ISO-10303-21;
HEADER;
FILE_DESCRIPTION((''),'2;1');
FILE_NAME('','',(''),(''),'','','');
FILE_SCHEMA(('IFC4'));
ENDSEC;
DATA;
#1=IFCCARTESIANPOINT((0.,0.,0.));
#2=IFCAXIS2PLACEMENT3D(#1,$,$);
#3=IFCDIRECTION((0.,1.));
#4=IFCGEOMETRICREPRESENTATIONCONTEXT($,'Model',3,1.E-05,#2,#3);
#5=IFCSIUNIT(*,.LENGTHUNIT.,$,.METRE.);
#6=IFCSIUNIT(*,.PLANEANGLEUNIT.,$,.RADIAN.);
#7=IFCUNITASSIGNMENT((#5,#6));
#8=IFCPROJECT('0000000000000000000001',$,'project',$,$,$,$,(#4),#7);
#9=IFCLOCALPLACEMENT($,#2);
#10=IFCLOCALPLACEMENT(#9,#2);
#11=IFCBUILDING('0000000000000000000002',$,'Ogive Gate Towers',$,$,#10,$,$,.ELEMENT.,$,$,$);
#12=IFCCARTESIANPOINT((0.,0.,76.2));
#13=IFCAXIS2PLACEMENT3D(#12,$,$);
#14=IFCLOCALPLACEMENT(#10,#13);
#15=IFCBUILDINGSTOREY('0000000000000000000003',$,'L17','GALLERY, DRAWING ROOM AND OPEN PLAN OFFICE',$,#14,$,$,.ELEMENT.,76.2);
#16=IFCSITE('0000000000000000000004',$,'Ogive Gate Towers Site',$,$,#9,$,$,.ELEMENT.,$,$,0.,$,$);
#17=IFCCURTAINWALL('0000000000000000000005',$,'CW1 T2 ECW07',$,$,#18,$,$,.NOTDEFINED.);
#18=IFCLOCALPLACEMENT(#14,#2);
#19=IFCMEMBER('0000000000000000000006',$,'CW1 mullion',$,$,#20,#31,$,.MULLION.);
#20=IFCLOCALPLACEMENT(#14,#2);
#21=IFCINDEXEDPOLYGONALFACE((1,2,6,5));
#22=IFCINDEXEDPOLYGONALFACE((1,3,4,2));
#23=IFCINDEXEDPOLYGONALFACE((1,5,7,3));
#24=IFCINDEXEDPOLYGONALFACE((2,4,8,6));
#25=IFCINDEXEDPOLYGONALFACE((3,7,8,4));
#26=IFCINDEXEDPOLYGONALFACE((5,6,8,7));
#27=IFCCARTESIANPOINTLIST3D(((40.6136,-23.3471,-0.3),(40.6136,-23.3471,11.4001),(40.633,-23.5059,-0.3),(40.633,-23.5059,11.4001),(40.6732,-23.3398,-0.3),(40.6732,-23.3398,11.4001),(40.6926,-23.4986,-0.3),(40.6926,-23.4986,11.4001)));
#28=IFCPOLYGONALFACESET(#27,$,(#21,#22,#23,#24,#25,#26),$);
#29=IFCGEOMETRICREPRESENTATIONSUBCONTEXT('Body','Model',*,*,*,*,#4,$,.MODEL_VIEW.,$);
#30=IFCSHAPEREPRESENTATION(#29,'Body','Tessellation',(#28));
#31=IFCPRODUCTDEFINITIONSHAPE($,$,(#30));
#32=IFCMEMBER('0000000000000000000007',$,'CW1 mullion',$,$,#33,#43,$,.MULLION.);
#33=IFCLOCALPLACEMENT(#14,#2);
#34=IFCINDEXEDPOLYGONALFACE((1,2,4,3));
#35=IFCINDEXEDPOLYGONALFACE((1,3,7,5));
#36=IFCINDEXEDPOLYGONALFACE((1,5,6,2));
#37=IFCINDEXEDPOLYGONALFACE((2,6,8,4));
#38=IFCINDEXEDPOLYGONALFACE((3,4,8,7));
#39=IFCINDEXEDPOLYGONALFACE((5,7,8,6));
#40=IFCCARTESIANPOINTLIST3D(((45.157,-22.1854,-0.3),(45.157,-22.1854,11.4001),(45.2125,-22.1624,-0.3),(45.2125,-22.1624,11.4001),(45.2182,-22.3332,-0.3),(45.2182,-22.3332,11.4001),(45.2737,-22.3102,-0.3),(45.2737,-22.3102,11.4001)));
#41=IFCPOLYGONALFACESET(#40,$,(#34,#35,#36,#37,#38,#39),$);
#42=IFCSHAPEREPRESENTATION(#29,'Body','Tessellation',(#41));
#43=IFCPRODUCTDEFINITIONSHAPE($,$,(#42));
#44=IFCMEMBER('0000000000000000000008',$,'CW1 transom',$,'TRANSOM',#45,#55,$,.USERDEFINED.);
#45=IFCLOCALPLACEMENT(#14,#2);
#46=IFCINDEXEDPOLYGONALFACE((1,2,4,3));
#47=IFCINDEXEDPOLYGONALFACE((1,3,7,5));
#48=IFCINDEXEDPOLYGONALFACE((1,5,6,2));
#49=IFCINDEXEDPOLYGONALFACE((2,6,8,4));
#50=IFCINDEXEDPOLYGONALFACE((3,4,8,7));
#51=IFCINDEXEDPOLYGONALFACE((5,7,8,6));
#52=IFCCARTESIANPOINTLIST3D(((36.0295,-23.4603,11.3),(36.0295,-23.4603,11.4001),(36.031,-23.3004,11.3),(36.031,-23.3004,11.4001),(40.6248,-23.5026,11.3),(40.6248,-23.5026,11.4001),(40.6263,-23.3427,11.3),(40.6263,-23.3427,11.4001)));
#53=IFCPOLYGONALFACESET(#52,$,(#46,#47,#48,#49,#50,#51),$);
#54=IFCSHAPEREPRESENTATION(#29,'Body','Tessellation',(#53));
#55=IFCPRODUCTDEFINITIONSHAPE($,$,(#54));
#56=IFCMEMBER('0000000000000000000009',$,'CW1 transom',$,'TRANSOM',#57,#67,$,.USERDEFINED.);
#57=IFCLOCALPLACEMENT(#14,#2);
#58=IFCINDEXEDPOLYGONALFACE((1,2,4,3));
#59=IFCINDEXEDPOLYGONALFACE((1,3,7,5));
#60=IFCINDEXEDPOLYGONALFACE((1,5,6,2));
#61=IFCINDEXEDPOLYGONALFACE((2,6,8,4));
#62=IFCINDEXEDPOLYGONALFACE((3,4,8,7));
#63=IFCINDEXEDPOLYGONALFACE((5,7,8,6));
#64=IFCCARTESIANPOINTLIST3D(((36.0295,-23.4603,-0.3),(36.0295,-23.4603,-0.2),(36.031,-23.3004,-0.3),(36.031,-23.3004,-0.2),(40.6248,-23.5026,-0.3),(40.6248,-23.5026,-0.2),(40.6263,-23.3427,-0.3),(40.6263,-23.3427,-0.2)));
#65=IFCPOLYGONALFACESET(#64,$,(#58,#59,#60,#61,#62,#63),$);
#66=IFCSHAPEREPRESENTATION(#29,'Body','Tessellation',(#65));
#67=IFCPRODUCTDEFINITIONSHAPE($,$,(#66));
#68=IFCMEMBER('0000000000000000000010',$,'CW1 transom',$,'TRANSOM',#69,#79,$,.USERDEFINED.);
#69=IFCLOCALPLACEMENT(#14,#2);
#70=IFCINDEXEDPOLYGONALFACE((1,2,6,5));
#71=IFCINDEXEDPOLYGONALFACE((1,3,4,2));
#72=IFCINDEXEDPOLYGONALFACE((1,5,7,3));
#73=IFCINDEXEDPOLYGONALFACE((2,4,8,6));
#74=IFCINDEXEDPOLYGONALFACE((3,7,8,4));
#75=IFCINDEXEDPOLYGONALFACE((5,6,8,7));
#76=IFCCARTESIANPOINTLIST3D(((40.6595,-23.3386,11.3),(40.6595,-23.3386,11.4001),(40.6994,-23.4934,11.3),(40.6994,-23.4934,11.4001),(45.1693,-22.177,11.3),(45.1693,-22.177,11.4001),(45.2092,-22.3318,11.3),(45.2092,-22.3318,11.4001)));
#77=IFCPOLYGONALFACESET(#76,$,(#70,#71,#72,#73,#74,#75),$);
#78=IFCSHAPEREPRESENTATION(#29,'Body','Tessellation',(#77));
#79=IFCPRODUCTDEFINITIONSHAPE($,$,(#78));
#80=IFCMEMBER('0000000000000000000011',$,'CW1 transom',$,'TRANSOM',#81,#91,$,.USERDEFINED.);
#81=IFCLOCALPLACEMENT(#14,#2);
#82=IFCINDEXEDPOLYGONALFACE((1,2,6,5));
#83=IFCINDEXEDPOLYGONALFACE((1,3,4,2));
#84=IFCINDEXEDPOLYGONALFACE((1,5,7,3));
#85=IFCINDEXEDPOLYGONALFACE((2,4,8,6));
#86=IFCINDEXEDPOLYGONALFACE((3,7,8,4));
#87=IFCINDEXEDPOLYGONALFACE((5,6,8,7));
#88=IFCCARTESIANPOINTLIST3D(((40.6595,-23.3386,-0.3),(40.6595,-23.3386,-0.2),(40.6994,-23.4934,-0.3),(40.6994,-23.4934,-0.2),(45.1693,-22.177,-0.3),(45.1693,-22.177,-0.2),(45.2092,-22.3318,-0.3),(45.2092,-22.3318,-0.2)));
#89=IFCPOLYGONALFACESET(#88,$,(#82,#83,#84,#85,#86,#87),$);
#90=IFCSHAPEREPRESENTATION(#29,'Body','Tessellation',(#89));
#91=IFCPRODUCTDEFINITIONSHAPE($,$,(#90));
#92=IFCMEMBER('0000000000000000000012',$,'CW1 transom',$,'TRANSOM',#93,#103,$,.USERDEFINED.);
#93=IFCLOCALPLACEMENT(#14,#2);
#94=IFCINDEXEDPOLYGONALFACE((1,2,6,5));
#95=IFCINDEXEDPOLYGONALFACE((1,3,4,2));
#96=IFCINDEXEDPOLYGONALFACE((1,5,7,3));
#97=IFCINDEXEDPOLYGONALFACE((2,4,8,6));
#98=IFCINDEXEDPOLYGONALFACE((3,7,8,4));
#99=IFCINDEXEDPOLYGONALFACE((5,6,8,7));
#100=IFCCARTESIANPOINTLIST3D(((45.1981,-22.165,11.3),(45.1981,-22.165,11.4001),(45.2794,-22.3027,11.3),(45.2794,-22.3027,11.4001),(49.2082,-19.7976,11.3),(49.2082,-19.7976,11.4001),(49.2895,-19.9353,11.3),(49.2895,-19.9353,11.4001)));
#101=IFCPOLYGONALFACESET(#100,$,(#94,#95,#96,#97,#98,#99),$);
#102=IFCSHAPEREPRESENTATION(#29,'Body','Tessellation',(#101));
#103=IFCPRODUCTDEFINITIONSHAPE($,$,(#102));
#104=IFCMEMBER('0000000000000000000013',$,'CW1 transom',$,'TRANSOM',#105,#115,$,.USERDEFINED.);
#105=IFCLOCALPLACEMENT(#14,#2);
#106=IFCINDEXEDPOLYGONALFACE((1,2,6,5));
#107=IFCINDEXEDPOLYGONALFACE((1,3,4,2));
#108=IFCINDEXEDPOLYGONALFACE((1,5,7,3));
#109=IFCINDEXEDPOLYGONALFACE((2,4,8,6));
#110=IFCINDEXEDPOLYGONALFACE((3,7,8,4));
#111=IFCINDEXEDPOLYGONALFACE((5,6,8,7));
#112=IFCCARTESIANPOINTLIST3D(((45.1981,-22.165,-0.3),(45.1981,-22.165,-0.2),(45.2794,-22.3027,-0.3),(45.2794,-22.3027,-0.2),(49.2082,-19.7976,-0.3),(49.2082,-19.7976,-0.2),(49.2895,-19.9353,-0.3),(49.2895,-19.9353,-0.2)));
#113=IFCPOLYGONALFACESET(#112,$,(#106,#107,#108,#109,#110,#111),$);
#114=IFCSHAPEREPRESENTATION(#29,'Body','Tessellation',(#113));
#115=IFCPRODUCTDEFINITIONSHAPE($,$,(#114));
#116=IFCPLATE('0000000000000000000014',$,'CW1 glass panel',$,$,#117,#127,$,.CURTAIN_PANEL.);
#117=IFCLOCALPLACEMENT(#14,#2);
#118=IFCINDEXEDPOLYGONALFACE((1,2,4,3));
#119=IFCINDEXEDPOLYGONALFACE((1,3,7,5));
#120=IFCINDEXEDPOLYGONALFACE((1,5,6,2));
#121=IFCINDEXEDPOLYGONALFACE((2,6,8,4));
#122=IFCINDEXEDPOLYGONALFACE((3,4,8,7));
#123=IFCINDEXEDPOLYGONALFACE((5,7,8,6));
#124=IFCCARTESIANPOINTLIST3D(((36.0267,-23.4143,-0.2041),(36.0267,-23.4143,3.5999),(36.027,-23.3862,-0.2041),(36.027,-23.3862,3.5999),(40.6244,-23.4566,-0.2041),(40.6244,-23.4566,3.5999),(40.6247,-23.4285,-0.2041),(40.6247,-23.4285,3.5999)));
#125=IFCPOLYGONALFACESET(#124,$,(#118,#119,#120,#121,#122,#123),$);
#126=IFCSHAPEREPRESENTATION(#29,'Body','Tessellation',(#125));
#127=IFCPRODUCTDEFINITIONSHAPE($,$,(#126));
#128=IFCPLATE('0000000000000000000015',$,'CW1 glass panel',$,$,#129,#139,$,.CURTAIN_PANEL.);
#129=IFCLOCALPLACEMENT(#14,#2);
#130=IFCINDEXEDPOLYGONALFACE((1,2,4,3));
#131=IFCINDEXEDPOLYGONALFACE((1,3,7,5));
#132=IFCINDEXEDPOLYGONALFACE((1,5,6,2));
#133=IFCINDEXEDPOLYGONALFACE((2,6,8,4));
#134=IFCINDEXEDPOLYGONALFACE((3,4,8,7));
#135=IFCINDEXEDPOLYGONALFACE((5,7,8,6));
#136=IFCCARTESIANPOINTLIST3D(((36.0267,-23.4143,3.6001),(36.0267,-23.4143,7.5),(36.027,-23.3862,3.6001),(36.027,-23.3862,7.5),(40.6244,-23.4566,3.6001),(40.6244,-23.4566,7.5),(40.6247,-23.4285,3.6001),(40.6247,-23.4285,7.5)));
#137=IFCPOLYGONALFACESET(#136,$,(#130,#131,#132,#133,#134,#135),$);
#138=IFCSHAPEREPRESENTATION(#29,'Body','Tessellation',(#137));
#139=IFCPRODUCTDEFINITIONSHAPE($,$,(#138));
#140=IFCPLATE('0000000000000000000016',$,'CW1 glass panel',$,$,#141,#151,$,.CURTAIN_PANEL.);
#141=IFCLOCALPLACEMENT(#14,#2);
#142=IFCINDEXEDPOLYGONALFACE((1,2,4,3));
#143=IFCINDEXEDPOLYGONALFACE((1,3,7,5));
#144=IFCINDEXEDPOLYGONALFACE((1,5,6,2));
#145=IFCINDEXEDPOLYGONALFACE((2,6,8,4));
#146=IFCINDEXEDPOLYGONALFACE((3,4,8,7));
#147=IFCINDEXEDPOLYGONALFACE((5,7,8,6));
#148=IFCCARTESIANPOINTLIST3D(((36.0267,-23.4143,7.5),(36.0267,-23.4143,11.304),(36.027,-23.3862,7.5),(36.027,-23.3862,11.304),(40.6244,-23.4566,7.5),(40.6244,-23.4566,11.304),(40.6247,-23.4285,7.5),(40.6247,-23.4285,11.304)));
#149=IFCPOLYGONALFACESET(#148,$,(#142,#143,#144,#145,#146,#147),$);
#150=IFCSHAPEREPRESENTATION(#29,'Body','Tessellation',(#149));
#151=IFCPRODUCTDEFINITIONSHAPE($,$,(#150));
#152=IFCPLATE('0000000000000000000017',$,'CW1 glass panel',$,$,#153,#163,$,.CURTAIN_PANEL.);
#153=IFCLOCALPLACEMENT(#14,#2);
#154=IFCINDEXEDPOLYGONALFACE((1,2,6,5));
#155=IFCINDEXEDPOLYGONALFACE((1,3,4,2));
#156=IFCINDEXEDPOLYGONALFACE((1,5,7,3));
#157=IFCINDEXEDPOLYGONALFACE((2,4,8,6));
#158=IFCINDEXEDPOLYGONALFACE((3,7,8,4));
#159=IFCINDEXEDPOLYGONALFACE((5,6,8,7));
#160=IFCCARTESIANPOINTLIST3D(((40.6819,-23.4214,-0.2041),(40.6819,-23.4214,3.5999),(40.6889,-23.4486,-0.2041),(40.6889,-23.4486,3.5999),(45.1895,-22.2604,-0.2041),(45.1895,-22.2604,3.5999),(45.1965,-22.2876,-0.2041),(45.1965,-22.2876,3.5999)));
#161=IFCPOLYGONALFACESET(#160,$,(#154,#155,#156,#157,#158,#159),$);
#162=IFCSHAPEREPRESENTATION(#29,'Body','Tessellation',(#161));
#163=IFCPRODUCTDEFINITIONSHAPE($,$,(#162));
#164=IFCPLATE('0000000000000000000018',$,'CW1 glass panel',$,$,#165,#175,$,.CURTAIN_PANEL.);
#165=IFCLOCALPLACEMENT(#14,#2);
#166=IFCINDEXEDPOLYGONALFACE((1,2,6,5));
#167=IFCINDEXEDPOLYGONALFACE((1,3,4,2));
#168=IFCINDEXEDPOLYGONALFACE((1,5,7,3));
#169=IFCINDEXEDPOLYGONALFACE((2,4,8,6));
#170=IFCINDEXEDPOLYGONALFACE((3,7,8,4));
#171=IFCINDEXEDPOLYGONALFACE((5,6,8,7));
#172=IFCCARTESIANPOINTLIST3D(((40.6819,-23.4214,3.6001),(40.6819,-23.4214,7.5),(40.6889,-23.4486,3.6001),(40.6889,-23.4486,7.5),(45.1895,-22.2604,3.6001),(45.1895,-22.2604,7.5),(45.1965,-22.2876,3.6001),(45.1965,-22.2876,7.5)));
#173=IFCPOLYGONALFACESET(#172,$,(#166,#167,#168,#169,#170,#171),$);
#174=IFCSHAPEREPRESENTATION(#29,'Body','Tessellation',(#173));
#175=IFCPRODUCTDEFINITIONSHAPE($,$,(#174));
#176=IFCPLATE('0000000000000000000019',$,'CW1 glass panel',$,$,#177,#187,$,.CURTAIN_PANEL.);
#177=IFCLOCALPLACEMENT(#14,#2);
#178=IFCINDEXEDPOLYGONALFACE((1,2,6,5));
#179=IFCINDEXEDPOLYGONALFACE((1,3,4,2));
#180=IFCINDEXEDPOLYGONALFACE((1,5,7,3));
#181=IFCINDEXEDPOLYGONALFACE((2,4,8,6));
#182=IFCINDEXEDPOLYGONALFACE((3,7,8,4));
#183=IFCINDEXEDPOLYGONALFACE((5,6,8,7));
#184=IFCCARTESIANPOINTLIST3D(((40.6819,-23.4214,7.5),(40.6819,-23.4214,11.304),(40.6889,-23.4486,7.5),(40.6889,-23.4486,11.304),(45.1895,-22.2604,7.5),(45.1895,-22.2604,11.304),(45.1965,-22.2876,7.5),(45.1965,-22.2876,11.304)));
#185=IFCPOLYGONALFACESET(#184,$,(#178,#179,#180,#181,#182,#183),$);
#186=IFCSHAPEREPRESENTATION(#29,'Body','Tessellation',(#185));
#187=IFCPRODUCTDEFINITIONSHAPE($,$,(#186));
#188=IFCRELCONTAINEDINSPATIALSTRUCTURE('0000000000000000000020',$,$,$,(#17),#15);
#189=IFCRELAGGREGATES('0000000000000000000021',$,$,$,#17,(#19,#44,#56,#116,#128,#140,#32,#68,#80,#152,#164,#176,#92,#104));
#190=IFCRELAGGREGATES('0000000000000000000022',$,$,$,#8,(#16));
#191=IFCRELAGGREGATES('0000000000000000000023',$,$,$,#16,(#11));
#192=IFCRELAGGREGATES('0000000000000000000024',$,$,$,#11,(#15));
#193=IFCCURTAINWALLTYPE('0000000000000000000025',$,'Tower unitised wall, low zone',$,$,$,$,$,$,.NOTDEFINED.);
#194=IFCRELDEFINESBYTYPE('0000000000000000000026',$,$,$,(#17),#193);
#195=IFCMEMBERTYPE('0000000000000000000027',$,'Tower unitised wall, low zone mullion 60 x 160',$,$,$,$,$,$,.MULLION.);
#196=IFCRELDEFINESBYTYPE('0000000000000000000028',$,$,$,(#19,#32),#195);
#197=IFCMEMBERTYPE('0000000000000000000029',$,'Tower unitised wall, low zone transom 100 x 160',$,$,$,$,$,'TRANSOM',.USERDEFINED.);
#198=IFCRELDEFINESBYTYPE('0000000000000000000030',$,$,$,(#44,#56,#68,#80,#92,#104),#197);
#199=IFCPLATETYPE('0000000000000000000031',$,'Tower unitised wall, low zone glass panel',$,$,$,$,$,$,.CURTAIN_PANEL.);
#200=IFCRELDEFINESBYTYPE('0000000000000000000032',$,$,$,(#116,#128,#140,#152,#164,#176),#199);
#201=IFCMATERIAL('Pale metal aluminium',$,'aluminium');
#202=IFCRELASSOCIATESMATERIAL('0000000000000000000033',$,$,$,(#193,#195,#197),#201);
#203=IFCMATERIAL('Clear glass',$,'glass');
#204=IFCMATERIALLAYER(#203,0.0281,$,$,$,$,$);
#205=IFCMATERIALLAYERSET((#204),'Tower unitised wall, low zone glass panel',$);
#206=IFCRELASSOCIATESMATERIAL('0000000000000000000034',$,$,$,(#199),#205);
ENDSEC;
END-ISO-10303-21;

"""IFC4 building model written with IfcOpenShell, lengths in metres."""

from ifc_helpers import new_model, si_unit, direction, frame, origin, origin_2d, place, context, subcontext, project, spatial, rectangle, extrude, material, layer, layer_set, material_profile, profile_set, type_object, element, aggregate, save


model = new_model("IFC4")

# Units and contexts
model_context = context("Model", 3, precision=1e-05, world=origin(), true_north=direction((0.0, 1.0)))
body_context = subcontext(model_context, "Body", "Model", "MODEL_VIEW")
ifc_project = project(units=[si_unit("LENGTHUNIT", "METRE"), si_unit("PLANEANGLEUNIT", "RADIAN")], contexts=[model_context])

# Site, building, storey
site_placement = place(None, origin())
site = spatial("IfcSite", under=ifc_project, at=site_placement, Name="Ogive Gate Towers Site", CompositionType="ELEMENT", RefElevation=0.0)
building_placement = place(site_placement, origin())
building = spatial("IfcBuilding", under=site, at=building_placement, Name="Ogive Gate Towers", CompositionType="ELEMENT")
storey_placement = place(building_placement, frame((0.0, 0.0, 76.2)))
storey = spatial("IfcBuildingStorey", under=building, at=storey_placement, Name="L17", Description="GALLERY, DRAWING ROOM AND OPEN PLAN OFFICE", CompositionType="ELEMENT", Elevation=76.2)

# Curtain wall, members, plates
ifc_material_1 = material(Name="Pale metal aluminium", Category="aluminium")
curtain_wall_type = type_object("IfcCurtainWallType", Name="Tower unitised wall, low zone", PredefinedType="NOTDEFINED", material=ifc_material_1)
curtain_wall_placement = place(storey_placement, origin())
curtain_wall = element("IfcCurtainWall", 1, at=curtain_wall_placement, inside=storey, type_object=curtain_wall_type, Name="CW1 T2 ECW07", PredefinedType="NOTDEFINED")
ifc_material_profile_1 = material_profile(ifc_material_1, rectangle(XDim=0.1599, YDim=0.0601, at=origin_2d()), Name="60 x 160 aluminium box")
ifc_profile_set_1 = profile_set([ifc_material_profile_1], Name="Pale metal aluminium")
member_type_1 = type_object("IfcMemberType", Name="Tower unitised wall, low zone mullion 60 x 160", PredefinedType="MULLION", material=ifc_profile_set_1)
member_1_placement = place(storey_placement, frame((40.6531, -23.4229, -0.3), z_axis=(0.0, 0.0, 1.0), x_axis=(0.121142, -0.992635, 0.0)))
member_1 = element("IfcMember", 2, at=member_1_placement, type_object=member_type_1, Name="CW1 mullion", PredefinedType="MULLION", context=body_context, shape_type="SweptSolid", body=[
    extrude(rectangle(XDim=0.1599, YDim=0.0601, at=origin_2d()), origin(), (0.0, 0.0, 1.0), 11.7002),
])
member_2_placement = place(storey_placement, frame((45.2153, -22.2478, -0.3), z_axis=(0.0, 0.0, 1.0), x_axis=(0.382683, -0.92388, 0.0)))
member_2 = element("IfcMember", 3, at=member_2_placement, type_object=member_type_1, Name="CW1 mullion", PredefinedType="MULLION", context=body_context, shape_type="SweptSolid", body=[
    extrude(rectangle(XDim=0.1599, YDim=0.0601, at=origin_2d()), origin(), (0.0, 0.0, 1.0), 11.7002),
])
ifc_material_profile_2 = material_profile(ifc_material_1, rectangle(XDim=0.1599, YDim=0.1001, at=origin_2d()), Name="100 x 160 aluminium box")
ifc_profile_set_2 = profile_set([ifc_material_profile_2], Name="Pale metal aluminium")
member_type_2 = type_object("IfcMemberType", Name="Tower unitised wall, low zone transom 100 x 160", ElementType="TRANSOM", PredefinedType="USERDEFINED", material=ifc_profile_set_2)
member_3_placement = place(storey_placement, frame((36.0303, -23.3804, 11.3501), z_axis=(0.999958, -0.009191, 0.0), x_axis=(0.009191, 0.999958, 0.0)))
member_3 = element("IfcMember", 4, at=member_3_placement, type_object=member_type_2, Name="CW1 transom", ObjectType="TRANSOM", PredefinedType="USERDEFINED", context=body_context, shape_type="SweptSolid", body=[
    extrude(rectangle(XDim=0.1599, YDim=0.1001, at=origin_2d()), origin(), (0.0, 0.0, 1.0), 4.5955),
])
member_4_placement = place(storey_placement, frame((36.0303, -23.3804, -0.25), z_axis=(0.999958, -0.009191, 0.0), x_axis=(0.009191, 0.999958, 0.0)))
member_4 = element("IfcMember", 5, at=member_4_placement, type_object=member_type_2, Name="CW1 transom", ObjectType="TRANSOM", PredefinedType="USERDEFINED", context=body_context, shape_type="SweptSolid", body=[
    extrude(rectangle(XDim=0.1599, YDim=0.1001, at=origin_2d()), origin(), (0.0, 0.0, 1.0), 4.5955),
])
member_5_placement = place(storey_placement, frame((40.6794, -23.416, 11.3501), z_axis=(0.968391, 0.249437, 0.0), x_axis=(-0.249437, 0.968391, 0.0)))
member_5 = element("IfcMember", 6, at=member_5_placement, type_object=member_type_2, Name="CW1 transom", ObjectType="TRANSOM", PredefinedType="USERDEFINED", context=body_context, shape_type="SweptSolid", body=[
    extrude(rectangle(XDim=0.1599, YDim=0.1001, at=origin_2d()), origin(), (0.0, 0.0, 1.0), 4.657),
])
member_6_placement = place(storey_placement, frame((40.6794, -23.416, -0.25), z_axis=(0.968391, 0.249437, 0.0), x_axis=(-0.249437, 0.968391, 0.0)))
member_6 = element("IfcMember", 7, at=member_6_placement, type_object=member_type_2, Name="CW1 transom", ObjectType="TRANSOM", PredefinedType="USERDEFINED", context=body_context, shape_type="SweptSolid", body=[
    extrude(rectangle(XDim=0.1599, YDim=0.1001, at=origin_2d()), origin(), (0.0, 0.0, 1.0), 4.657),
])
member_7_placement = place(storey_placement, frame((45.2388, -22.2339, 11.3501), z_axis=(0.861126, 0.508392, 0.0), x_axis=(-0.508392, 0.861126, 0.0)))
member_7 = element("IfcMember", 8, at=member_7_placement, type_object=member_type_2, Name="CW1 transom", ObjectType="TRANSOM", PredefinedType="USERDEFINED", context=body_context, shape_type="SweptSolid", body=[
    extrude(rectangle(XDim=0.1599, YDim=0.1001, at=origin_2d()), origin(), (0.0, 0.0, 1.0), 4.6567),
])
member_8_placement = place(storey_placement, frame((45.2388, -22.2339, -0.25), z_axis=(0.861126, 0.508392, 0.0), x_axis=(-0.508392, 0.861126, 0.0)))
member_8 = element("IfcMember", 9, at=member_8_placement, type_object=member_type_2, Name="CW1 transom", ObjectType="TRANSOM", PredefinedType="USERDEFINED", context=body_context, shape_type="SweptSolid", body=[
    extrude(rectangle(XDim=0.1599, YDim=0.1001, at=origin_2d()), origin(), (0.0, 0.0, 1.0), 4.6567),
])
ifc_material_2 = material(Name="Clear glass", Category="glass")
ifc_layer_1 = layer(ifc_material_2, 0.0281)
ifc_layer_set_1 = layer_set([ifc_layer_1], Name="Tower unitised wall, low zone glass panel")
plate_type = type_object("IfcPlateType", Name="Tower unitised wall, low zone glass panel", PredefinedType="CURTAIN_PANEL", material=ifc_layer_set_1)
plate_1_placement = place(storey_placement, frame((38.3257, -23.4214, -0.2041), z_axis=(0.0, 0.0, 1.0), x_axis=(0.999958, -0.009198, 0.0)))
plate_1 = element("IfcPlate", 10, at=plate_1_placement, type_object=plate_type, Name="CW1 glass panel", PredefinedType="CURTAIN_PANEL", context=body_context, shape_type="SweptSolid", body=[
    extrude(rectangle(XDim=4.5979, YDim=0.0281, at=origin_2d()), origin(), (0.0, 0.0, 1.0), 3.804),
])
plate_2_placement = place(storey_placement, frame((38.3257, -23.4214, 3.6001), z_axis=(0.0, 0.0, 1.0), x_axis=(0.999958, -0.009198, 0.0)))
plate_2 = element("IfcPlate", 11, at=plate_2_placement, type_object=plate_type, Name="CW1 glass panel", PredefinedType="CURTAIN_PANEL", context=body_context, shape_type="SweptSolid", body=[
    extrude(rectangle(XDim=4.5979, YDim=0.0281, at=origin_2d()), origin(), (0.0, 0.0, 1.0), 3.8999),
])
plate_3_placement = place(storey_placement, frame((38.3257, -23.4214, 7.5), z_axis=(0.0, 0.0, 1.0), x_axis=(0.999958, -0.009198, 0.0)))
plate_3 = element("IfcPlate", 12, at=plate_3_placement, type_object=plate_type, Name="CW1 glass panel", PredefinedType="CURTAIN_PANEL", context=body_context, shape_type="SweptSolid", body=[
    extrude(rectangle(XDim=4.5979, YDim=0.0281, at=origin_2d()), origin(), (0.0, 0.0, 1.0), 3.804),
])
plate_4_placement = place(storey_placement, frame((42.9392, -22.8545, -0.2041), z_axis=(0.0, 0.0, 1.0), x_axis=(0.968396, 0.249417, 0.0)))
plate_4 = element("IfcPlate", 13, at=plate_4_placement, type_object=plate_type, Name="CW1 glass panel", PredefinedType="CURTAIN_PANEL", context=body_context, shape_type="SweptSolid", body=[
    extrude(rectangle(XDim=4.6548, YDim=0.0281, at=origin_2d()), origin(), (0.0, 0.0, 1.0), 3.804),
])
plate_5_placement = place(storey_placement, frame((42.9392, -22.8545, 3.6001), z_axis=(0.0, 0.0, 1.0), x_axis=(0.968396, 0.249417, 0.0)))
plate_5 = element("IfcPlate", 14, at=plate_5_placement, type_object=plate_type, Name="CW1 glass panel", PredefinedType="CURTAIN_PANEL", context=body_context, shape_type="SweptSolid", body=[
    extrude(rectangle(XDim=4.6548, YDim=0.0281, at=origin_2d()), origin(), (0.0, 0.0, 1.0), 3.8999),
])
plate_6_placement = place(storey_placement, frame((42.9392, -22.8545, 7.5), z_axis=(0.0, 0.0, 1.0), x_axis=(0.968396, 0.249417, 0.0)))
plate_6 = element("IfcPlate", 15, at=plate_6_placement, type_object=plate_type, Name="CW1 glass panel", PredefinedType="CURTAIN_PANEL", context=body_context, shape_type="SweptSolid", body=[
    extrude(rectangle(XDim=4.6548, YDim=0.0281, at=origin_2d()), origin(), (0.0, 0.0, 1.0), 3.804),
])
aggregate(curtain_wall, [member_1, member_3, member_4, plate_1, plate_2, plate_3, member_2, member_5, member_6, plate_4, plate_5, plate_6, member_7, member_8])

save(model, "model.ifc")
